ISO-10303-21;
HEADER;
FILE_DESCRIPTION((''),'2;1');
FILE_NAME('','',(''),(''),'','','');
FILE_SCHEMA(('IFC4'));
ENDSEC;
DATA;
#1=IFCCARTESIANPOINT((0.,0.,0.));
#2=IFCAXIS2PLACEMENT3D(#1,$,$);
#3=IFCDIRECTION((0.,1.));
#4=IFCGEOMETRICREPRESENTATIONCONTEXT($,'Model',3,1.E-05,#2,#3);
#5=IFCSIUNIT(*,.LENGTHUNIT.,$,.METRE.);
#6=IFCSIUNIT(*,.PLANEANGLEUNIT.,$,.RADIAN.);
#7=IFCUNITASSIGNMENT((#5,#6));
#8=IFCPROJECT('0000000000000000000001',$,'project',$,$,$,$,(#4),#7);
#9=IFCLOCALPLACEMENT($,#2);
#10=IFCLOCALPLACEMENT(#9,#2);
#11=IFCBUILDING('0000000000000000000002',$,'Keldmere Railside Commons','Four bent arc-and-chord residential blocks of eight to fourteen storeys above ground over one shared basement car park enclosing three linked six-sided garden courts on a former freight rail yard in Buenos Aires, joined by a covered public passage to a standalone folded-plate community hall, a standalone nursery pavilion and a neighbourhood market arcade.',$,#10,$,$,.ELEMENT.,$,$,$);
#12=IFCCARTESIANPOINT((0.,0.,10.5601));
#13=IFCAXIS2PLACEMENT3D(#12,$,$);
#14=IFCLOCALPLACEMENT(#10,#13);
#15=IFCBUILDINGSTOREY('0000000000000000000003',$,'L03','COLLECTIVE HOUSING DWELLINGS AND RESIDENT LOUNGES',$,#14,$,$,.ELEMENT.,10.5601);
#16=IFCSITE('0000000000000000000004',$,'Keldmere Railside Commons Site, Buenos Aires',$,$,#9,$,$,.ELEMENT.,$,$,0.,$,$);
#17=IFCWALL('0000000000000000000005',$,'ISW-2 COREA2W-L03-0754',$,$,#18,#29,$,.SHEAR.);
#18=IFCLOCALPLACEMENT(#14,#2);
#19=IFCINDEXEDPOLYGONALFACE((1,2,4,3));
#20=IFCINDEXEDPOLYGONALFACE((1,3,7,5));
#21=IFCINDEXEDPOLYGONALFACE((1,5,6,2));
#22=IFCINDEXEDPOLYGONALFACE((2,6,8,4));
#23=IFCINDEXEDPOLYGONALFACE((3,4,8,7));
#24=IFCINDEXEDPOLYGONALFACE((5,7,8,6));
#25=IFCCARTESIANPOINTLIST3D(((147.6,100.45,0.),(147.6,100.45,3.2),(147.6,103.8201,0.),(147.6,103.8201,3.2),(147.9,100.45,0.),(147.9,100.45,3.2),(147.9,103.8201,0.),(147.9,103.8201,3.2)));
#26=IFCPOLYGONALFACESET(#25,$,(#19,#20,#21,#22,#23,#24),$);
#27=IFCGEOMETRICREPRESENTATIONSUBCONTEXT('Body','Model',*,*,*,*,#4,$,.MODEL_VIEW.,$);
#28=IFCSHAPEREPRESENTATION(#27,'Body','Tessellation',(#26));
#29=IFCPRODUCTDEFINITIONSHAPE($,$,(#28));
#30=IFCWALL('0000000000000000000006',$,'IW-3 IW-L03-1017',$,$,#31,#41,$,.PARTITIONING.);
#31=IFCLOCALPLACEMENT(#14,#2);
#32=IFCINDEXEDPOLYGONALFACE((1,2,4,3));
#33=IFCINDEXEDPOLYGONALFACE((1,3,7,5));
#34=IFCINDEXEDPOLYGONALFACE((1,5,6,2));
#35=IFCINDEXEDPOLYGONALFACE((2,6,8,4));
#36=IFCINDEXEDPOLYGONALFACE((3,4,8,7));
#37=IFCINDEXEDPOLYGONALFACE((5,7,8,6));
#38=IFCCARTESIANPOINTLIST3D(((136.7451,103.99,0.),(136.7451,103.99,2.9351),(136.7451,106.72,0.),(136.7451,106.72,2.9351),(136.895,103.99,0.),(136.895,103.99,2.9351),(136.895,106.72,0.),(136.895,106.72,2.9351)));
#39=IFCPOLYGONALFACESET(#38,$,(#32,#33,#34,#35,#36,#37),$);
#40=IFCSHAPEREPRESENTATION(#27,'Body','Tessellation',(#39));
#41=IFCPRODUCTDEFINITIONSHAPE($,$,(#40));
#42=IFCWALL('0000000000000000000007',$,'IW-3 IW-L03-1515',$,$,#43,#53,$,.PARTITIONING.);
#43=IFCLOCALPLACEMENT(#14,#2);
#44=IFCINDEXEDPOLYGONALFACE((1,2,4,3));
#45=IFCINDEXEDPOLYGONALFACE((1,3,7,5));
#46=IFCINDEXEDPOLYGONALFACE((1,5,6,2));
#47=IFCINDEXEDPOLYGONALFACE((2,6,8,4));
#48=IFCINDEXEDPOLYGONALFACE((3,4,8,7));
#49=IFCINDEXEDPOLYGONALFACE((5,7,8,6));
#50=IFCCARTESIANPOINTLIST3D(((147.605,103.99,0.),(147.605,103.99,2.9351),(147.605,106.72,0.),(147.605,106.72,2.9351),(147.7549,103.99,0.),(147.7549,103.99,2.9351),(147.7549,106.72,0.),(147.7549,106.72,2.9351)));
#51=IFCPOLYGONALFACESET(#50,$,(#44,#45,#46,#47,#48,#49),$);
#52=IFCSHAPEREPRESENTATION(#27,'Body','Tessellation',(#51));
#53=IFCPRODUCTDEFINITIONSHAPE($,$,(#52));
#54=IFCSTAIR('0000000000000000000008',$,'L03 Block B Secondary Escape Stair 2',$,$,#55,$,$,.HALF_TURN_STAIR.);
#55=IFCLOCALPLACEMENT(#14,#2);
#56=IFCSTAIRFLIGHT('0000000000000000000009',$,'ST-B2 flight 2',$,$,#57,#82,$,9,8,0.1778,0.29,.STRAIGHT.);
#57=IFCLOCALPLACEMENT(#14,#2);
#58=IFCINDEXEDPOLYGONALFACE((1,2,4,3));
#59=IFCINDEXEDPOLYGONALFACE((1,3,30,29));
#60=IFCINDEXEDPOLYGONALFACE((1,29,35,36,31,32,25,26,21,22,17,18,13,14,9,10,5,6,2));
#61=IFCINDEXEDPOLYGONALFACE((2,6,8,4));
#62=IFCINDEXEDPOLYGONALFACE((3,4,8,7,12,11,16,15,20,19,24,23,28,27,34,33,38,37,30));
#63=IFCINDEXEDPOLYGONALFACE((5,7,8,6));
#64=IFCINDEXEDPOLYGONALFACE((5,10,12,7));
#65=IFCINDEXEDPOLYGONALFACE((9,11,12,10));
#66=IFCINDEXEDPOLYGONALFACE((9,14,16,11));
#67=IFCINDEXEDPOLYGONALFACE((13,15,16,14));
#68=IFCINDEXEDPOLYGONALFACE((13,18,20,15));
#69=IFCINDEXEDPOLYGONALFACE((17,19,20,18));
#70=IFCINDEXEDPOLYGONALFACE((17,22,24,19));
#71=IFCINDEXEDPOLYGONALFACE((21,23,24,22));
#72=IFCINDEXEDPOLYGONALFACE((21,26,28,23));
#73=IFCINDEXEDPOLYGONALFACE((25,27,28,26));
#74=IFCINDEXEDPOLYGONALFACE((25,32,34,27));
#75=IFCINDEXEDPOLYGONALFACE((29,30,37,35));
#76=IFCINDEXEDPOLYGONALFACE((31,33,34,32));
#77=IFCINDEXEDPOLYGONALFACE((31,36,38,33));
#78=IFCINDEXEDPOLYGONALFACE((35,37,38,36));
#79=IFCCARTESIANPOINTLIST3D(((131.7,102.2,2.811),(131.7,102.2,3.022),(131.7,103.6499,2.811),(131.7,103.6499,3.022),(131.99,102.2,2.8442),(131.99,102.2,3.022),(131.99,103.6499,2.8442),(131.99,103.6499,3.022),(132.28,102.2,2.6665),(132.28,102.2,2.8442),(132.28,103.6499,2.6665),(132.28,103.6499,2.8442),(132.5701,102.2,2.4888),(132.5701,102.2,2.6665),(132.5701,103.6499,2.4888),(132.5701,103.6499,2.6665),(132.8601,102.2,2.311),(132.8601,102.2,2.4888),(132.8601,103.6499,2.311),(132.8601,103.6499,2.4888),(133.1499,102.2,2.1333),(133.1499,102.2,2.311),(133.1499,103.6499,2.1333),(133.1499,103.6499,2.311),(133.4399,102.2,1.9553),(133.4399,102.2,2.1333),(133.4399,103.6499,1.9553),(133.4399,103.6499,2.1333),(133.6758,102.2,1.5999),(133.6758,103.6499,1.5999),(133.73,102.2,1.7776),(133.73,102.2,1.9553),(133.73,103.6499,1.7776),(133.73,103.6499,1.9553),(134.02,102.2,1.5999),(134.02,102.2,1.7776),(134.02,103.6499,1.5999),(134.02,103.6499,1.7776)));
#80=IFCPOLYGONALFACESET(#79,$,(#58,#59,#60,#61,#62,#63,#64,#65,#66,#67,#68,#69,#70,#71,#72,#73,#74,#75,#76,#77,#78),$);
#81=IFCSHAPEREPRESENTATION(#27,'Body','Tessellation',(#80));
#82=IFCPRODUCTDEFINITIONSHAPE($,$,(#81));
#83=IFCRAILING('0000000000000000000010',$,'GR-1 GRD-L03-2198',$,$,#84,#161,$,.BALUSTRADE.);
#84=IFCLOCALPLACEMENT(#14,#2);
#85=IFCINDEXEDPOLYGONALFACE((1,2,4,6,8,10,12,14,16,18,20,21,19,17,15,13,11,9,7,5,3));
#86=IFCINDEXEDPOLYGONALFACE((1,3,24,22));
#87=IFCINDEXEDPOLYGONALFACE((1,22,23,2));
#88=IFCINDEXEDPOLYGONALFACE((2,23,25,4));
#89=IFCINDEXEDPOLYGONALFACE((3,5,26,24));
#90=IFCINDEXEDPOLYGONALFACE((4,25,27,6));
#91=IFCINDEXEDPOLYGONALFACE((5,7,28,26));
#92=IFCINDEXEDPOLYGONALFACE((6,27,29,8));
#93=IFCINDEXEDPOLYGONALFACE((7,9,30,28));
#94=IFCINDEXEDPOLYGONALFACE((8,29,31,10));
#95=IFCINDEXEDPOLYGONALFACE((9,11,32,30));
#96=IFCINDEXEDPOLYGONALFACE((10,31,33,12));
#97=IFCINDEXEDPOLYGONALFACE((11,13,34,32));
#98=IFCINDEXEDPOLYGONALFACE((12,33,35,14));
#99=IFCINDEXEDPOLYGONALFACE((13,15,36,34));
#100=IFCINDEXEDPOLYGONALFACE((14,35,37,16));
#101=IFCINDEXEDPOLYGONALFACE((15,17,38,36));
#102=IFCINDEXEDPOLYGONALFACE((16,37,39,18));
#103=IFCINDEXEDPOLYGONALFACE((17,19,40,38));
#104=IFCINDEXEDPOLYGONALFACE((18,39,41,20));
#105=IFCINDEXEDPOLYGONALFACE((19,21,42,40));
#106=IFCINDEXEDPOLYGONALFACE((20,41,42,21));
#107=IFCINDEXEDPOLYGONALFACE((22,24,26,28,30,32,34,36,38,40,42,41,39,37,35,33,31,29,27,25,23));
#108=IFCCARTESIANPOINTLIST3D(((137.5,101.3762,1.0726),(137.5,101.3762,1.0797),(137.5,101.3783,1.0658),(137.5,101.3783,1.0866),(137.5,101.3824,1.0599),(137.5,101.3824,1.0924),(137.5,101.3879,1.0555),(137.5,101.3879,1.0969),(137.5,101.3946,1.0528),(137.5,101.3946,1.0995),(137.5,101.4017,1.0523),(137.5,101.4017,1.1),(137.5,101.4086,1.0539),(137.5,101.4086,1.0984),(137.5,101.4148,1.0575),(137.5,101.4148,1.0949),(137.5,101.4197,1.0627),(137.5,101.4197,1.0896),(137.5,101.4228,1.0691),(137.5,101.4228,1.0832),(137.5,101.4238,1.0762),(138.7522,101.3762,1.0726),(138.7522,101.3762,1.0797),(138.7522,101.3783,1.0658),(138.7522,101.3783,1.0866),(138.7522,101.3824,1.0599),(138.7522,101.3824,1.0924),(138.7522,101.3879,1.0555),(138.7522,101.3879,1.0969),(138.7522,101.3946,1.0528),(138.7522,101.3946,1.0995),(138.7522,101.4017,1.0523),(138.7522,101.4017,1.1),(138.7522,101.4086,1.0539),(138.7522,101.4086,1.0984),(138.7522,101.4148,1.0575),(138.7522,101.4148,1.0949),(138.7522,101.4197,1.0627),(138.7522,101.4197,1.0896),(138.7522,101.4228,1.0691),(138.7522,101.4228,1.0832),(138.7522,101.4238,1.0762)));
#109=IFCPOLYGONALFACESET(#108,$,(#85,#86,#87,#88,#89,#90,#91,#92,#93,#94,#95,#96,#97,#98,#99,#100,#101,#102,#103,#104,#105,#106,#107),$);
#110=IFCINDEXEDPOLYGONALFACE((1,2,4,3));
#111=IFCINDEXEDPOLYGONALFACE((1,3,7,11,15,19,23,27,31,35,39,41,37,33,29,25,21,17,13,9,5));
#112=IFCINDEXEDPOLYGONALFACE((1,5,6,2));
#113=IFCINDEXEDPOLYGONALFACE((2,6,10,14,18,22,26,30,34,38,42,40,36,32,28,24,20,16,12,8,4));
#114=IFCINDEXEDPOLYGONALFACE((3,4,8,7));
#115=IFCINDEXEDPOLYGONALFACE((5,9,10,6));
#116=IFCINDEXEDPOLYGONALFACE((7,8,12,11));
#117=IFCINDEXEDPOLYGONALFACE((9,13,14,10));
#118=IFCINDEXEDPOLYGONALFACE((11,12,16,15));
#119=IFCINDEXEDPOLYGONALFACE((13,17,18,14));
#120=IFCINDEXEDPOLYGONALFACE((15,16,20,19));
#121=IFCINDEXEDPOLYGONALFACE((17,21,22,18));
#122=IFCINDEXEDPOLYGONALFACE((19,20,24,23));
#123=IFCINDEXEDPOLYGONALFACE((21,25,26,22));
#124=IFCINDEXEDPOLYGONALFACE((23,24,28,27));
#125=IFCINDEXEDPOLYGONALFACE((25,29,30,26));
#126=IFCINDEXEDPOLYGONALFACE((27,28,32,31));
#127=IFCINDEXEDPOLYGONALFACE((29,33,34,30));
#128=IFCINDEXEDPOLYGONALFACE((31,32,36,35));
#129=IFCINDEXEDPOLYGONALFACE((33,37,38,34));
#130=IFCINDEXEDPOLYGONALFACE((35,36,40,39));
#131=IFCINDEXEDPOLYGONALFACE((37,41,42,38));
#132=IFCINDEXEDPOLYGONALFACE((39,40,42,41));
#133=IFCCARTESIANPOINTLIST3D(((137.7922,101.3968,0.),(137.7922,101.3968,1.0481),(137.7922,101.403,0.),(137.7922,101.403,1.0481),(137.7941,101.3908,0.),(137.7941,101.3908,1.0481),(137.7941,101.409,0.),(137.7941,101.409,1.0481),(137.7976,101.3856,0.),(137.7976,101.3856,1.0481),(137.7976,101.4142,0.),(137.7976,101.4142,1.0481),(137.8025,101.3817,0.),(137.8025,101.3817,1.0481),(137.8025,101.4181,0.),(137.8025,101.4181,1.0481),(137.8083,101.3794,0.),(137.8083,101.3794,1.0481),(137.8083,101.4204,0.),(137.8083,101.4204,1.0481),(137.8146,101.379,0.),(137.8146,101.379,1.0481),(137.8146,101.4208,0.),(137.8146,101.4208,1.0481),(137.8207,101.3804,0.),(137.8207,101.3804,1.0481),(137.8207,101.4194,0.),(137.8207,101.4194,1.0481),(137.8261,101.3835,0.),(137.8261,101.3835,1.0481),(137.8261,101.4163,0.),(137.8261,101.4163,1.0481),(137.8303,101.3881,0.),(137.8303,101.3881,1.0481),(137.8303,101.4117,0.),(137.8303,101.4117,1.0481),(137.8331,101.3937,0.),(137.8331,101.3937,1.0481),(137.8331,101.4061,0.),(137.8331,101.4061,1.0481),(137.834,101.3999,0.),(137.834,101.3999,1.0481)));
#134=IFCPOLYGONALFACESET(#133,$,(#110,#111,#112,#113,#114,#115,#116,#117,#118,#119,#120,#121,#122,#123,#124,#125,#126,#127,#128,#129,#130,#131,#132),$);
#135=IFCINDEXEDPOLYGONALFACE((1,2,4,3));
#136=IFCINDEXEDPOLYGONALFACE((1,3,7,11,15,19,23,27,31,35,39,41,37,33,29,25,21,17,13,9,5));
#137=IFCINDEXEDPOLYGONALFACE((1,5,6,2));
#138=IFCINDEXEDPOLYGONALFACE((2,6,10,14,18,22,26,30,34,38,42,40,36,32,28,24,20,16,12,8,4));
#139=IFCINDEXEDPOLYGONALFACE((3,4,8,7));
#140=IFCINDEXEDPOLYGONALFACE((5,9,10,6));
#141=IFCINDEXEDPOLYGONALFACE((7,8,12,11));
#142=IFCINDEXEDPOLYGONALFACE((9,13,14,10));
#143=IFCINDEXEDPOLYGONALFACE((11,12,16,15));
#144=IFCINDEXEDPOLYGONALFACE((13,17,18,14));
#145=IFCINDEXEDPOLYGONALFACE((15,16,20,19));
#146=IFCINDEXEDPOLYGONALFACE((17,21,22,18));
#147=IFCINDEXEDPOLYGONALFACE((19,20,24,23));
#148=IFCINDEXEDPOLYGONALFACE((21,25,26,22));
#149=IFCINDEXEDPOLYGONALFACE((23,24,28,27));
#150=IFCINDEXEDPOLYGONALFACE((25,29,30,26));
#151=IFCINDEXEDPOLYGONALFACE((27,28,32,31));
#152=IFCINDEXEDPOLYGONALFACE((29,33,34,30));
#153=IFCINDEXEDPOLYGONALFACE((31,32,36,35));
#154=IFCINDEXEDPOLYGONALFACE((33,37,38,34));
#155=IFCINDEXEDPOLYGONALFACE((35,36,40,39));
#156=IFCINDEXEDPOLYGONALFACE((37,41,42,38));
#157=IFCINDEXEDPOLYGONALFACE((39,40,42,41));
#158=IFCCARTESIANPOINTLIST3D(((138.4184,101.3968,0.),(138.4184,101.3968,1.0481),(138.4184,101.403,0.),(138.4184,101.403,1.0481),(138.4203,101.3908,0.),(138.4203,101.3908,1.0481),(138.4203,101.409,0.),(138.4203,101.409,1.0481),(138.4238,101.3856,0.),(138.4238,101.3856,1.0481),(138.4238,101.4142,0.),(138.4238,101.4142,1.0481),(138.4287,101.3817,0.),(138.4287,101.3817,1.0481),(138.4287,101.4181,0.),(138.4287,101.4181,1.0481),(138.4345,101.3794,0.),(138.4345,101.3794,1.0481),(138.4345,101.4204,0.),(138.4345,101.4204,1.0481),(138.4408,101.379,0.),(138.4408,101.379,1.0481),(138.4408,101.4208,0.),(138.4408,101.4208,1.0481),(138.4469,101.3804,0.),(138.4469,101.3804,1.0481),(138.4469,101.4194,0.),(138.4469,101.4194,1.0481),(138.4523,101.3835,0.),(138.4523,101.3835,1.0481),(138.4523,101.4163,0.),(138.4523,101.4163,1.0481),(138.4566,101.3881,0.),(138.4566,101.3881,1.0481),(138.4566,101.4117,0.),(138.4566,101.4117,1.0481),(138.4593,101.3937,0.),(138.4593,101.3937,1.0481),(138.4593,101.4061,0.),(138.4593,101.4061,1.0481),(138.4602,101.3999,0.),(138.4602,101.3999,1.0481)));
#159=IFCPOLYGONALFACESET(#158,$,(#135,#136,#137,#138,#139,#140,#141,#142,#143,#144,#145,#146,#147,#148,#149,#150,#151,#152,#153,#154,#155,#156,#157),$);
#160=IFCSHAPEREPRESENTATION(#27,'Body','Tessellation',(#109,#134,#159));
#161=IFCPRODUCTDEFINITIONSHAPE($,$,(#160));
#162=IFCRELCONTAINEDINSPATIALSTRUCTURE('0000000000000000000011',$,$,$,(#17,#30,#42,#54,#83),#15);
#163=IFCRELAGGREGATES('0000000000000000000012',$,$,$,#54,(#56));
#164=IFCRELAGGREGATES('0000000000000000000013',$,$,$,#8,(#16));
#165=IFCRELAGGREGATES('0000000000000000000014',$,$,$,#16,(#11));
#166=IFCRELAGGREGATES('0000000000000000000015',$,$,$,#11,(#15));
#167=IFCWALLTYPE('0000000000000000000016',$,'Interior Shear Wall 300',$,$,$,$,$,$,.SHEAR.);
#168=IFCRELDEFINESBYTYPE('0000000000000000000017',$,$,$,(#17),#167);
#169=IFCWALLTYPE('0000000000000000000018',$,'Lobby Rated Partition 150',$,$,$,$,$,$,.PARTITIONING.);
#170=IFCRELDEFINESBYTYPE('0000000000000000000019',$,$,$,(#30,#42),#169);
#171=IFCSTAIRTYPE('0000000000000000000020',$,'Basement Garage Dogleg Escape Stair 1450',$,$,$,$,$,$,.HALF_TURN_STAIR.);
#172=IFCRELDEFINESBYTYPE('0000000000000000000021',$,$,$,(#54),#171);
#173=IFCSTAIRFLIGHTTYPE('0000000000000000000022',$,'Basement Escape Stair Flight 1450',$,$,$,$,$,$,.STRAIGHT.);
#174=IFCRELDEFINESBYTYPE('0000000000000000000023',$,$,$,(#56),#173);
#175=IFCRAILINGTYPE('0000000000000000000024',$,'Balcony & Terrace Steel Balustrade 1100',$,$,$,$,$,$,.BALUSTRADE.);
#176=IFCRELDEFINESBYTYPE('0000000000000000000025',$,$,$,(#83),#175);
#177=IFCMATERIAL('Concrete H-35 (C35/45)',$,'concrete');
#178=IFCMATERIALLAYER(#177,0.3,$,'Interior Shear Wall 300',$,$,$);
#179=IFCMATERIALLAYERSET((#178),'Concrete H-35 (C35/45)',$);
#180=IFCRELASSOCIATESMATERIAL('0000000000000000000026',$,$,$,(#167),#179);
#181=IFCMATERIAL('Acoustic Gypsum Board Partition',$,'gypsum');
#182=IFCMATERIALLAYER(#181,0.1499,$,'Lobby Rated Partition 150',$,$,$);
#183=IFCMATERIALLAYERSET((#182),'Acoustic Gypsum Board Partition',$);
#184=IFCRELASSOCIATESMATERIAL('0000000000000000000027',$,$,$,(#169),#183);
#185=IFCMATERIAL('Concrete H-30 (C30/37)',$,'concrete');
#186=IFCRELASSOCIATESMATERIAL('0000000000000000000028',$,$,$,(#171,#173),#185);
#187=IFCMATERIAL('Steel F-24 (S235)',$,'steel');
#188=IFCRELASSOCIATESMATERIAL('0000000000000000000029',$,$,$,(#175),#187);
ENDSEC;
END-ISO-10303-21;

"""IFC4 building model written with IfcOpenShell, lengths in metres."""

from ifc_helpers import new_model, si_unit, direction, frame, frame_2d, origin, origin_2d, place, context, subcontext, project, spatial, polyline, rectangle, circle, outline, extrude, material, layer, layer_set, type_object, element, aggregate, save


model = new_model("IFC4")

# Units and contexts
model_context = context("Model", 3, precision=1e-05, world=origin(), true_north=direction((0.0, 1.0)))
body_context = subcontext(model_context, "Body", "Model", "MODEL_VIEW")
ifc_project = project(units=[si_unit("LENGTHUNIT", "METRE"), si_unit("PLANEANGLEUNIT", "RADIAN")], contexts=[model_context])

# Site, building, storey
site_placement = place(None, origin())
site = spatial("IfcSite", under=ifc_project, at=site_placement, Name="Keldmere Railside Commons Site, Buenos Aires", CompositionType="ELEMENT", RefElevation=0.0)
building_placement = place(site_placement, origin())
building = spatial("IfcBuilding", under=site, at=building_placement, Name="Keldmere Railside Commons", Description="Four bent arc-and-chord residential blocks of eight to fourteen storeys above ground over one shared basement car park enclosing three linked six-sided garden courts on a former freight rail yard in Buenos Aires, joined by a covered public passage to a standalone folded-plate community hall, a standalone nursery pavilion and a neighbourhood market arcade.", CompositionType="ELEMENT")
storey_placement = place(building_placement, frame((0.0, 0.0, 10.5601)))
storey = spatial("IfcBuildingStorey", under=building, at=storey_placement, Name="L03", Description="COLLECTIVE HOUSING DWELLINGS AND RESIDENT LOUNGES", CompositionType="ELEMENT", Elevation=10.5601)

# Shared definitions
ifc_material_1 = material(Name="Concrete H-35 (C35/45)", Category="concrete")

# Wall
ifc_layer_1 = layer(ifc_material_1, 0.3, Name="Interior Shear Wall 300")
ifc_layer_set_1 = layer_set([ifc_layer_1], Name="Concrete H-35 (C35/45)")
wall_type_1 = type_object("IfcWallType", Name="Interior Shear Wall 300", PredefinedType="SHEAR", material=ifc_layer_set_1)
wall_1_placement = place(storey_placement, frame((147.75, 103.8201, 0.0), z_axis=(0.0, 0.0, 1.0), x_axis=(0.0, -1.0, 0.0)))
element("IfcWall", 1, at=wall_1_placement, inside=storey, type_object=wall_type_1, Name="ISW-2 COREA2W-L03-0754", PredefinedType="SHEAR", context=body_context, shape_type="SweptSolid", body=[
    extrude(rectangle(XDim=3.3701, YDim=0.3, at=frame_2d((1.6851, 0.0))), origin(), (0.0, 0.0, 1.0), 3.2),
])

# Shared definitions
ifc_material_2 = material(Name="Steel F-24 (S235)", Category="steel")

# Walls
ifc_material_3 = material(Name="Acoustic Gypsum Board Partition", Category="gypsum")
ifc_layer_2 = layer(ifc_material_3, 0.1499, Name="Lobby Rated Partition 150")
ifc_layer_set_2 = layer_set([ifc_layer_2], Name="Acoustic Gypsum Board Partition")
wall_type_2 = type_object("IfcWallType", Name="Lobby Rated Partition 150", PredefinedType="PARTITIONING", material=ifc_layer_set_2)
for number, where, z_axis, x_axis, name in (
    (2, (136.8201, 103.99, 0.0), (0.0, 0.0, 1.0), (0.0, 1.0, 0.0), "IW-3 IW-L03-1017"),
    (3, (147.6799, 103.99, 0.0), (0.0, 0.0, 1.0), (0.0, 1.0, 0.0), "IW-3 IW-L03-1515"),
):
    element("IfcWall", number, at=place(storey_placement, frame(where, z_axis=z_axis, x_axis=x_axis)), inside=storey, type_object=wall_type_2, Name=name, PredefinedType="PARTITIONING", context=body_context, shape_type="SweptSolid", body=[
        extrude(rectangle(XDim=2.73, YDim=0.1499, at=frame_2d((1.365, 0.0))), origin(), (0.0, 0.0, 1.0), 2.9351),
    ])

# Stair, stair flight
ifc_material_4 = material(Name="Concrete H-30 (C30/37)", Category="concrete")
stair_type = type_object("IfcStairType", Name="Basement Garage Dogleg Escape Stair 1450", PredefinedType="HALF_TURN_STAIR", material=ifc_material_4)
stair_placement = place(storey_placement, origin())
stair = element("IfcStair", 4, at=stair_placement, inside=storey, type_object=stair_type, Name="L03 Block B Secondary Escape Stair 2", PredefinedType="HALF_TURN_STAIR")
stair_flight_type = type_object("IfcStairFlightType", Name="Basement Escape Stair Flight 1450", PredefinedType="STRAIGHT", material=ifc_material_4)
stair_flight_placement = place(storey_placement, frame((134.02, 102.925, 1.5999), z_axis=(0.0, 0.0, 1.0), x_axis=(-1.0, 0.0, 0.0)))
stair_flight = element("IfcStairFlight", 5, at=stair_flight_placement, type_object=stair_flight_type, Name="ST-B2 flight 2", NumberOfRisers=9, NumberOfTreads=8, PredefinedType="STRAIGHT", RiserHeight=0.1778, TreadLength=0.29, context=body_context, shape_type="SweptSolid", body=[
    extrude(outline(polyline([(0.0, 0.0), (0.0, 0.1777), (0.29, 0.1777), (0.29, 0.3555), (0.5801, 0.3555), (0.5801, 0.5334), (0.8701, 0.5334), (0.8701, 0.7112), (1.1599, 0.7112), (1.1599, 0.8889), (1.45, 0.8889), (1.45, 1.0667), (1.74, 1.0667), (1.74, 1.2444), (2.03, 1.2444), (2.03, 1.4221), (2.3201, 1.4221), (2.3201, 1.6001), (2.3201, 1.2112), (0.3442, 0.0), (0.0, 0.0)])), frame((0.0, 0.7251, 0.0), z_axis=(0.0, -1.0, 0.0), x_axis=(1.0, 0.0, 0.0)), (0.0, 0.0, 1.0), 1.45),
])
aggregate(stair, [stair_flight])

# Railing
railing_type_1 = type_object("IfcRailingType", Name="Balcony & Terrace Steel Balustrade 1100", PredefinedType="BALUSTRADE", material=ifc_material_2)
railing_1_placement = place(storey_placement, frame((137.5, 101.3999, 0.0)))
element("IfcRailing", 6, at=railing_1_placement, inside=storey, type_object=railing_type_1, Name="GR-1 GRD-L03-2198", PredefinedType="BALUSTRADE", context=body_context, shape_type="SweptSolid", body=[
    extrude(circle(Radius=0.0239, at=origin_2d()), frame((0.0, 0.0, 1.0762), z_axis=(1.0, 0.0, 0.0), x_axis=(0.0, 1.0, 0.0)), (0.0, 0.0, 1.0), 1.2522),
    extrude(circle(Radius=0.021, at=origin_2d()), frame((0.313, 0.0, 0.0)), (0.0, 0.0, 1.0), 1.0481),
    extrude(circle(Radius=0.021, at=origin_2d()), frame((0.9392, 0.0, 0.0)), (0.0, 0.0, 1.0), 1.0481),
])

save(model, "model.ifc")
